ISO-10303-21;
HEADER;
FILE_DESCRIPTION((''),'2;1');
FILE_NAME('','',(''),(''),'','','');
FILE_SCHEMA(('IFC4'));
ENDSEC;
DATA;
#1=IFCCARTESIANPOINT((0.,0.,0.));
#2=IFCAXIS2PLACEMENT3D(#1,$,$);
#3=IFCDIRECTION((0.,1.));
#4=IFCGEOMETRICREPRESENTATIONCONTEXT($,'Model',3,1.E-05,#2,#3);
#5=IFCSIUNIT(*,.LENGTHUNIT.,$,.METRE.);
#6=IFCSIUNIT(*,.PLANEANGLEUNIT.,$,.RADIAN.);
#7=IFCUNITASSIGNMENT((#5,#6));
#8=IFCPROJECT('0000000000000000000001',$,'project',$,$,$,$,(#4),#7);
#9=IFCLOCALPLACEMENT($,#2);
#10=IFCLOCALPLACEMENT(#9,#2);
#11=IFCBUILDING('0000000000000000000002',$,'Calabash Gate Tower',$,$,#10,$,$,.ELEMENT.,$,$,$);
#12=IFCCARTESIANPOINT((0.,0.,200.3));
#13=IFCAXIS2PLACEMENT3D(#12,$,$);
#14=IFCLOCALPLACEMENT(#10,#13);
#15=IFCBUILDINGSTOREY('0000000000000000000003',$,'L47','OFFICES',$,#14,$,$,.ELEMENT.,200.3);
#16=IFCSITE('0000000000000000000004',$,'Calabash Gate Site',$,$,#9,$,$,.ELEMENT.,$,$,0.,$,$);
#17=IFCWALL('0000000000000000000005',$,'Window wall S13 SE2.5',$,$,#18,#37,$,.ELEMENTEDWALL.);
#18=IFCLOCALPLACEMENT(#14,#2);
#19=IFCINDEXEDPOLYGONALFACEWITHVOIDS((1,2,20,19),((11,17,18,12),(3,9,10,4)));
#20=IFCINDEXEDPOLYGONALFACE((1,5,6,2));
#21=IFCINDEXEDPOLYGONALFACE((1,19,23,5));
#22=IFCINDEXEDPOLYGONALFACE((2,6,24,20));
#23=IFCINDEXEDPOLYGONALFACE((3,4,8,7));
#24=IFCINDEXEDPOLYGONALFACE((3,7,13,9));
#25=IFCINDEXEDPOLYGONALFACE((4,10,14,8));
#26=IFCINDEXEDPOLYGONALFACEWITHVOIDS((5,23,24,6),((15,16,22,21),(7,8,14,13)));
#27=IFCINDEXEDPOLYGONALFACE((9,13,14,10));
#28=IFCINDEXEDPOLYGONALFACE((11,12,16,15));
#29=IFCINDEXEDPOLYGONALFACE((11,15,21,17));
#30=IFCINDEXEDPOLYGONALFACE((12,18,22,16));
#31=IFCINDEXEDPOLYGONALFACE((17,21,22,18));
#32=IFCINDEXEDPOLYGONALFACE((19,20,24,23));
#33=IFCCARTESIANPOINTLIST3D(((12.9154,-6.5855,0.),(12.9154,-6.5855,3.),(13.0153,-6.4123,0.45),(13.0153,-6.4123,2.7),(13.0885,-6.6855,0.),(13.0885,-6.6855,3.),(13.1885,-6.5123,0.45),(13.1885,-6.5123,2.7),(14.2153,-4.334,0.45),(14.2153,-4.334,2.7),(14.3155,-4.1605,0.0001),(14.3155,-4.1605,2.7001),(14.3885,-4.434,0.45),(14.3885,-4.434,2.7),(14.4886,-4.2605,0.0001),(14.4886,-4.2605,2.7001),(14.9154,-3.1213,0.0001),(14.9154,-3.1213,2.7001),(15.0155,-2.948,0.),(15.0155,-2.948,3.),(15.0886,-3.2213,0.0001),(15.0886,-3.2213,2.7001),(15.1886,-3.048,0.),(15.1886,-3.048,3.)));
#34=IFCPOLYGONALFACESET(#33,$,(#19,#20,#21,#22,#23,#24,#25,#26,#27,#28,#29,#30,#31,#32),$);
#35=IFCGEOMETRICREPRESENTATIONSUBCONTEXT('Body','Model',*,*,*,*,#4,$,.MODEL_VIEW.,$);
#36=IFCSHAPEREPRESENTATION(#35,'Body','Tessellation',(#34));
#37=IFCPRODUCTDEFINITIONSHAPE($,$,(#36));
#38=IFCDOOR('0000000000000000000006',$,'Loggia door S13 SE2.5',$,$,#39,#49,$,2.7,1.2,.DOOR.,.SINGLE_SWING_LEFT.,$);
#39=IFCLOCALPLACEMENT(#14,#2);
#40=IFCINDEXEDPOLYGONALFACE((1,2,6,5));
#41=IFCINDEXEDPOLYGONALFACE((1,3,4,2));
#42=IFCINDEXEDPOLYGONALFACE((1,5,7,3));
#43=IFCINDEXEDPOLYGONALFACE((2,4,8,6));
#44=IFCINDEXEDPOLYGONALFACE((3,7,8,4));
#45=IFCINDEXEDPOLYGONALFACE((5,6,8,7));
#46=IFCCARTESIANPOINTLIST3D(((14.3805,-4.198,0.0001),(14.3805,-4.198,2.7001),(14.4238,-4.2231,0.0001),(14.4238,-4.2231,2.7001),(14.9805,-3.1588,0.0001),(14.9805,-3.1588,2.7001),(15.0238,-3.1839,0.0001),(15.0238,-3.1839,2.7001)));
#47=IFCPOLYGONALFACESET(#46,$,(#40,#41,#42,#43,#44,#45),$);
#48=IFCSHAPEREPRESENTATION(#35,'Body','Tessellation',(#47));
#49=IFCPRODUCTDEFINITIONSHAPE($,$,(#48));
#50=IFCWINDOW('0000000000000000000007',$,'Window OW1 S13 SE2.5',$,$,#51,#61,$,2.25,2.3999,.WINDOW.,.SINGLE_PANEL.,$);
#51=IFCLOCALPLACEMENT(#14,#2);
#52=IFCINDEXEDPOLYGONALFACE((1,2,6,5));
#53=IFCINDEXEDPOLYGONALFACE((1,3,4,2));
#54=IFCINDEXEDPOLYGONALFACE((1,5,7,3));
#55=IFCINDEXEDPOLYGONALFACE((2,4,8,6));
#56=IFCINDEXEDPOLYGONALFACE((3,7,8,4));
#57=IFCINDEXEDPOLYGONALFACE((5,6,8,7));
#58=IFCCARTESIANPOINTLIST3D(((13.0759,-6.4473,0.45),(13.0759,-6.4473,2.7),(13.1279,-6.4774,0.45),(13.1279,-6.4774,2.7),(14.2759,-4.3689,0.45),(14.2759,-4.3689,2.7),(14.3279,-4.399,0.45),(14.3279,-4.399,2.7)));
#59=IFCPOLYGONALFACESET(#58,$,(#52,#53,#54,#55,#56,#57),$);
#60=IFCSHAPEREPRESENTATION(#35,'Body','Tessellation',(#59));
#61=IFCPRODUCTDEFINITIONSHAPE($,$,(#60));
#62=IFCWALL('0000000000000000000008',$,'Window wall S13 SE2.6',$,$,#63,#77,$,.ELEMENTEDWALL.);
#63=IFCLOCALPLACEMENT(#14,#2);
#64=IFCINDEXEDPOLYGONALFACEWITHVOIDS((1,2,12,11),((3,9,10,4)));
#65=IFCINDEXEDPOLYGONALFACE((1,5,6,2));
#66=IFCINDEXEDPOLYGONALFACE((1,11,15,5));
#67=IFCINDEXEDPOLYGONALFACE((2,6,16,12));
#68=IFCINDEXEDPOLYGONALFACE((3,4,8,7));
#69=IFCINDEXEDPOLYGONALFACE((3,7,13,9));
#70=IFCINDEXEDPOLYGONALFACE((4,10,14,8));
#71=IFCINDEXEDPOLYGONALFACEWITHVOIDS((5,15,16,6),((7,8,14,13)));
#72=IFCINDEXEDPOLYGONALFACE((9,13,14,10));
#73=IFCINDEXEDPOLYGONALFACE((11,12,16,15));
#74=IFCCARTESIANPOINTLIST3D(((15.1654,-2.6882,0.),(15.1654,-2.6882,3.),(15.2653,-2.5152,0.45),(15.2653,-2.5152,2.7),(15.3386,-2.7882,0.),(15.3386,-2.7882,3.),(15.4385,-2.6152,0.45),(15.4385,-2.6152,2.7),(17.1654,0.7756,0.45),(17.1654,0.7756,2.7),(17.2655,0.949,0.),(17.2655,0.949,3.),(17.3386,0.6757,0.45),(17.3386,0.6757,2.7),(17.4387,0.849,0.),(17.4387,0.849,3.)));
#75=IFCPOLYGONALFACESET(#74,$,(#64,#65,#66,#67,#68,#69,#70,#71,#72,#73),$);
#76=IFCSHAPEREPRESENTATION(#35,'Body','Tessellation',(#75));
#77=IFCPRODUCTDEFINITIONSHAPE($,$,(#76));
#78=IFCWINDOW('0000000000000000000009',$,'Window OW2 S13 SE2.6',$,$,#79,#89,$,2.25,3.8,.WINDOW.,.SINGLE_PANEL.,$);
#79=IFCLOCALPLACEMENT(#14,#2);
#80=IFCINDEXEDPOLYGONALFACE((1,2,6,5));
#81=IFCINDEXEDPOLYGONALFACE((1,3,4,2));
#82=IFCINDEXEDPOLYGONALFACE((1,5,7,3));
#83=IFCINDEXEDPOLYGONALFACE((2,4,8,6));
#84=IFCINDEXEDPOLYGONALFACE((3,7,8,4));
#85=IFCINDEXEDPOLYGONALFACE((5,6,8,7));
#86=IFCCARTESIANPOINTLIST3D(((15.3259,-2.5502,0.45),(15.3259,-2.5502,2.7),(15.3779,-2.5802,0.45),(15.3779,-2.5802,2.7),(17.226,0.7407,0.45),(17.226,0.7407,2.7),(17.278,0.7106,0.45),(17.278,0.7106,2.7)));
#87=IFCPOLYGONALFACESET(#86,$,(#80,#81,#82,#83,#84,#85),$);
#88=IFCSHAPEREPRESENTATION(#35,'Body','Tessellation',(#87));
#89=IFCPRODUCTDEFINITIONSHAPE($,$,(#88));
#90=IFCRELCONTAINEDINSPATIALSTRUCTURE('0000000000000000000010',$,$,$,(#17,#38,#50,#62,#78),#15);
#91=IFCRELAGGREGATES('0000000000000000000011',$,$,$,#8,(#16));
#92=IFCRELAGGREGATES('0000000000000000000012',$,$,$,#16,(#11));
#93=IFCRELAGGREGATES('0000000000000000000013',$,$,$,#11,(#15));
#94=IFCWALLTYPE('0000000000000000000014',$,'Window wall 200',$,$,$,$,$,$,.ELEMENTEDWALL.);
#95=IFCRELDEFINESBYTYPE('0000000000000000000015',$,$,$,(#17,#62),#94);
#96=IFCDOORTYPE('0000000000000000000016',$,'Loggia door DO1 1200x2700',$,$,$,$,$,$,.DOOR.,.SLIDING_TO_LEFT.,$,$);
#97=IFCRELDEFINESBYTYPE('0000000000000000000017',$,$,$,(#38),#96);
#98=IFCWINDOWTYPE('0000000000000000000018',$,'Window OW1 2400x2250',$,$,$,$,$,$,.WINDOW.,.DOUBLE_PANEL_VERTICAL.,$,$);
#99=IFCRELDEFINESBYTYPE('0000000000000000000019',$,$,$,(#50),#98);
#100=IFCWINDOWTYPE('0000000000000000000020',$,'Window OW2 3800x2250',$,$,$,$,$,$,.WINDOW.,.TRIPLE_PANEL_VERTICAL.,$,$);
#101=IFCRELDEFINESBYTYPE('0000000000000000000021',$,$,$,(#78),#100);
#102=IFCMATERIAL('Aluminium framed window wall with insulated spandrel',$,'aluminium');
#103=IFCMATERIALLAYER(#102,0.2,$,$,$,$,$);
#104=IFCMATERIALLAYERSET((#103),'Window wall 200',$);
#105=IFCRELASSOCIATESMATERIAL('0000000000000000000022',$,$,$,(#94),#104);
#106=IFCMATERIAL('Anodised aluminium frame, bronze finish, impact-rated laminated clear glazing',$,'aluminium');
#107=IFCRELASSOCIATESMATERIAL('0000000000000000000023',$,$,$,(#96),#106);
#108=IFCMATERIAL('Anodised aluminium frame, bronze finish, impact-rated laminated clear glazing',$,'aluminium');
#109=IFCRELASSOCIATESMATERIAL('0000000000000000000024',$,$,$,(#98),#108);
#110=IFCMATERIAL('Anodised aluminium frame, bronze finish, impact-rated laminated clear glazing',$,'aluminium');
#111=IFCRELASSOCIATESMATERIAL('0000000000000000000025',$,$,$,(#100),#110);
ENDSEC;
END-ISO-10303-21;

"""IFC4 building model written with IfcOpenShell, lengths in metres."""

from ifc_helpers import new_model, si_unit, direction, frame, frame_2d, origin, place, context, subcontext, project, spatial, rectangle, extrude, material, layer, layer_set, type_object, element, fill, save


model = new_model("IFC4")

# Units and contexts
model_context = context("Model", 3, precision=1e-05, world=origin(), true_north=direction((0.0, 1.0)))
body_context = subcontext(model_context, "Body", "Model", "MODEL_VIEW")
ifc_project = project(units=[si_unit("LENGTHUNIT", "METRE"), si_unit("PLANEANGLEUNIT", "RADIAN")], contexts=[model_context])

# Site, building, storey
site_placement = place(None, origin())
site = spatial("IfcSite", under=ifc_project, at=site_placement, Name="Calabash Gate Site", CompositionType="ELEMENT", RefElevation=0.0)
building_placement = place(site_placement, origin())
building = spatial("IfcBuilding", under=site, at=building_placement, Name="Calabash Gate Tower", CompositionType="ELEMENT")
storey_placement = place(building_placement, frame((0.0, 0.0, 200.3)))
storey = spatial("IfcBuildingStorey", under=building, at=storey_placement, Name="L47", Description="OFFICES", CompositionType="ELEMENT", Elevation=200.3)

# Wall, openings, door, window
ifc_material_1 = material(Name="Aluminium framed window wall with insulated spandrel", Category="aluminium")
ifc_layer_1 = layer(ifc_material_1, 0.2)
ifc_layer_set_1 = layer_set([ifc_layer_1], Name="Window wall 200")
wall_type_1 = type_object("IfcWallType", Name="Window wall 200", PredefinedType="ELEMENTEDWALL", material=ifc_layer_set_1)
wall_1_placement = place(storey_placement, frame((13.002, -6.6355, 0.0), z_axis=(0.0, 0.0, 1.0), x_axis=(0.500003, 0.866024, 0.0)))
wall_1 = element("IfcWall", 1, at=wall_1_placement, inside=storey, type_object=wall_type_1, Name="Window wall S13 SE2.5", PredefinedType="ELEMENTEDWALL", context=body_context, shape_type="SweptSolid", body=[
    extrude(rectangle(XDim=4.2002, YDim=0.2, at=frame_2d((2.1001, 0.0))), origin(), (0.0, 0.0, 1.0), 3.0),
])
opening_1_placement = place(wall_1_placement, frame((0.2, 0.0, 0.45)))
opening_1 = element("IfcOpeningElement", 2, at=opening_1_placement, cuts=wall_1, PredefinedType="OPENING", context=body_context, shape_type="SweptSolid", body=[
    extrude(rectangle(XDim=2.3999, YDim=2.25, at=frame_2d((1.2, 1.125))), frame((0.0, 0.1099, 0.0), z_axis=(0.0, -1.0, 0.0), x_axis=(1.0, 0.0, 0.0)), (0.0, 0.0, 1.0), 0.22),
])
opening_2_placement = place(wall_1_placement, frame((2.8, 0.0, 0.0)))
opening_2 = element("IfcOpeningElement", 3, at=opening_2_placement, cuts=wall_1, PredefinedType="OPENING", context=body_context, shape_type="SweptSolid", body=[
    extrude(rectangle(XDim=1.2, YDim=2.7, at=frame_2d((0.6001, 1.3501))), frame((0.0, 0.1099, 0.0), z_axis=(0.0, -1.0, 0.0), x_axis=(1.0, 0.0, 0.0)), (0.0, 0.0, 1.0), 0.22),
])
ifc_material_2 = material(Name="Anodised aluminium frame, bronze finish, impact-rated laminated clear glazing", Category="aluminium")
door_type_1 = type_object("IfcDoorType", Name="Loggia door DO1 1200x2700", OperationType="SLIDING_TO_LEFT", PredefinedType="DOOR", material=ifc_material_2)
door_1_placement = place(opening_2_placement, origin())
door_1 = element("IfcDoor", 4, at=door_1_placement, inside=storey, type_object=door_type_1, Name="Loggia door S13 SE2.5", OperationType="SINGLE_SWING_LEFT", OverallHeight=2.7, OverallWidth=1.2, PredefinedType="DOOR", context=body_context, shape_type="SweptSolid", body=[
    extrude(rectangle(XDim=1.2, YDim=2.7, at=frame_2d((0.6001, 1.3501))), frame((0.0, 0.0249, 0.0), z_axis=(0.0, -1.0, 0.0), x_axis=(1.0, 0.0, 0.0)), (0.0, 0.0, 1.0), 0.05),
])
fill(opening_2, door_1)
ifc_material_3 = material(Name="Anodised aluminium frame, bronze finish, impact-rated laminated clear glazing", Category="aluminium")
window_type_1 = type_object("IfcWindowType", Name="Window OW1 2400x2250", PartitioningType="DOUBLE_PANEL_VERTICAL", PredefinedType="WINDOW", material=ifc_material_3)
window_1_placement = place(opening_1_placement, origin())
window_1 = element("IfcWindow", 5, at=window_1_placement, inside=storey, type_object=window_type_1, Name="Window OW1 S13 SE2.5", OverallHeight=2.25, OverallWidth=2.3999, PartitioningType="SINGLE_PANEL", PredefinedType="WINDOW", context=body_context, shape_type="SweptSolid", body=[
    extrude(rectangle(XDim=2.3999, YDim=2.25, at=frame_2d((1.2, 1.125))), frame((0.0, 0.03, 0.0), z_axis=(0.0, -1.0, 0.0), x_axis=(1.0, 0.0, 0.0)), (0.0, 0.0, 1.0), 0.0601),
])
fill(opening_1, window_1)

# Wall, opening, window
wall_2_placement = place(storey_placement, frame((15.252, -2.7383, 0.0), z_axis=(0.0, 0.0, 1.0), x_axis=(0.500028, 0.866009, 0.0)))
wall_2 = element("IfcWall", 6, at=wall_2_placement, inside=storey, type_object=wall_type_1, Name="Window wall S13 SE2.6", PredefinedType="ELEMENTEDWALL", context=body_context, shape_type="SweptSolid", body=[
    extrude(rectangle(XDim=4.2, YDim=0.2, at=frame_2d((2.1001, 0.0))), origin(), (0.0, 0.0, 1.0), 3.0),
])
opening_3_placement = place(wall_2_placement, frame((0.2, 0.0, 0.45)))
opening_3 = element("IfcOpeningElement", 7, at=opening_3_placement, cuts=wall_2, PredefinedType="OPENING", context=body_context, shape_type="SweptSolid", body=[
    extrude(rectangle(XDim=3.8, YDim=2.25, at=frame_2d((1.8999, 1.125))), frame((0.0, 0.1099, 0.0), z_axis=(0.0, -1.0, 0.0), x_axis=(1.0, 0.0, 0.0)), (0.0, 0.0, 1.0), 0.22),
])
ifc_material_4 = material(Name="Anodised aluminium frame, bronze finish, impact-rated laminated clear glazing", Category="aluminium")
window_type_2 = type_object("IfcWindowType", Name="Window OW2 3800x2250", PartitioningType="TRIPLE_PANEL_VERTICAL", PredefinedType="WINDOW", material=ifc_material_4)
window_2_placement = place(opening_3_placement, origin())
window_2 = element("IfcWindow", 8, at=window_2_placement, inside=storey, type_object=window_type_2, Name="Window OW2 S13 SE2.6", OverallHeight=2.25, OverallWidth=3.8, PartitioningType="SINGLE_PANEL", PredefinedType="WINDOW", context=body_context, shape_type="SweptSolid", body=[
    extrude(rectangle(XDim=3.8, YDim=2.25, at=frame_2d((1.8999, 1.125))), frame((0.0, 0.03, 0.0), z_axis=(0.0, -1.0, 0.0), x_axis=(1.0, 0.0, 0.0)), (0.0, 0.0, 1.0), 0.0601),
])
fill(opening_3, window_2)

save(model, "model.ifc")
